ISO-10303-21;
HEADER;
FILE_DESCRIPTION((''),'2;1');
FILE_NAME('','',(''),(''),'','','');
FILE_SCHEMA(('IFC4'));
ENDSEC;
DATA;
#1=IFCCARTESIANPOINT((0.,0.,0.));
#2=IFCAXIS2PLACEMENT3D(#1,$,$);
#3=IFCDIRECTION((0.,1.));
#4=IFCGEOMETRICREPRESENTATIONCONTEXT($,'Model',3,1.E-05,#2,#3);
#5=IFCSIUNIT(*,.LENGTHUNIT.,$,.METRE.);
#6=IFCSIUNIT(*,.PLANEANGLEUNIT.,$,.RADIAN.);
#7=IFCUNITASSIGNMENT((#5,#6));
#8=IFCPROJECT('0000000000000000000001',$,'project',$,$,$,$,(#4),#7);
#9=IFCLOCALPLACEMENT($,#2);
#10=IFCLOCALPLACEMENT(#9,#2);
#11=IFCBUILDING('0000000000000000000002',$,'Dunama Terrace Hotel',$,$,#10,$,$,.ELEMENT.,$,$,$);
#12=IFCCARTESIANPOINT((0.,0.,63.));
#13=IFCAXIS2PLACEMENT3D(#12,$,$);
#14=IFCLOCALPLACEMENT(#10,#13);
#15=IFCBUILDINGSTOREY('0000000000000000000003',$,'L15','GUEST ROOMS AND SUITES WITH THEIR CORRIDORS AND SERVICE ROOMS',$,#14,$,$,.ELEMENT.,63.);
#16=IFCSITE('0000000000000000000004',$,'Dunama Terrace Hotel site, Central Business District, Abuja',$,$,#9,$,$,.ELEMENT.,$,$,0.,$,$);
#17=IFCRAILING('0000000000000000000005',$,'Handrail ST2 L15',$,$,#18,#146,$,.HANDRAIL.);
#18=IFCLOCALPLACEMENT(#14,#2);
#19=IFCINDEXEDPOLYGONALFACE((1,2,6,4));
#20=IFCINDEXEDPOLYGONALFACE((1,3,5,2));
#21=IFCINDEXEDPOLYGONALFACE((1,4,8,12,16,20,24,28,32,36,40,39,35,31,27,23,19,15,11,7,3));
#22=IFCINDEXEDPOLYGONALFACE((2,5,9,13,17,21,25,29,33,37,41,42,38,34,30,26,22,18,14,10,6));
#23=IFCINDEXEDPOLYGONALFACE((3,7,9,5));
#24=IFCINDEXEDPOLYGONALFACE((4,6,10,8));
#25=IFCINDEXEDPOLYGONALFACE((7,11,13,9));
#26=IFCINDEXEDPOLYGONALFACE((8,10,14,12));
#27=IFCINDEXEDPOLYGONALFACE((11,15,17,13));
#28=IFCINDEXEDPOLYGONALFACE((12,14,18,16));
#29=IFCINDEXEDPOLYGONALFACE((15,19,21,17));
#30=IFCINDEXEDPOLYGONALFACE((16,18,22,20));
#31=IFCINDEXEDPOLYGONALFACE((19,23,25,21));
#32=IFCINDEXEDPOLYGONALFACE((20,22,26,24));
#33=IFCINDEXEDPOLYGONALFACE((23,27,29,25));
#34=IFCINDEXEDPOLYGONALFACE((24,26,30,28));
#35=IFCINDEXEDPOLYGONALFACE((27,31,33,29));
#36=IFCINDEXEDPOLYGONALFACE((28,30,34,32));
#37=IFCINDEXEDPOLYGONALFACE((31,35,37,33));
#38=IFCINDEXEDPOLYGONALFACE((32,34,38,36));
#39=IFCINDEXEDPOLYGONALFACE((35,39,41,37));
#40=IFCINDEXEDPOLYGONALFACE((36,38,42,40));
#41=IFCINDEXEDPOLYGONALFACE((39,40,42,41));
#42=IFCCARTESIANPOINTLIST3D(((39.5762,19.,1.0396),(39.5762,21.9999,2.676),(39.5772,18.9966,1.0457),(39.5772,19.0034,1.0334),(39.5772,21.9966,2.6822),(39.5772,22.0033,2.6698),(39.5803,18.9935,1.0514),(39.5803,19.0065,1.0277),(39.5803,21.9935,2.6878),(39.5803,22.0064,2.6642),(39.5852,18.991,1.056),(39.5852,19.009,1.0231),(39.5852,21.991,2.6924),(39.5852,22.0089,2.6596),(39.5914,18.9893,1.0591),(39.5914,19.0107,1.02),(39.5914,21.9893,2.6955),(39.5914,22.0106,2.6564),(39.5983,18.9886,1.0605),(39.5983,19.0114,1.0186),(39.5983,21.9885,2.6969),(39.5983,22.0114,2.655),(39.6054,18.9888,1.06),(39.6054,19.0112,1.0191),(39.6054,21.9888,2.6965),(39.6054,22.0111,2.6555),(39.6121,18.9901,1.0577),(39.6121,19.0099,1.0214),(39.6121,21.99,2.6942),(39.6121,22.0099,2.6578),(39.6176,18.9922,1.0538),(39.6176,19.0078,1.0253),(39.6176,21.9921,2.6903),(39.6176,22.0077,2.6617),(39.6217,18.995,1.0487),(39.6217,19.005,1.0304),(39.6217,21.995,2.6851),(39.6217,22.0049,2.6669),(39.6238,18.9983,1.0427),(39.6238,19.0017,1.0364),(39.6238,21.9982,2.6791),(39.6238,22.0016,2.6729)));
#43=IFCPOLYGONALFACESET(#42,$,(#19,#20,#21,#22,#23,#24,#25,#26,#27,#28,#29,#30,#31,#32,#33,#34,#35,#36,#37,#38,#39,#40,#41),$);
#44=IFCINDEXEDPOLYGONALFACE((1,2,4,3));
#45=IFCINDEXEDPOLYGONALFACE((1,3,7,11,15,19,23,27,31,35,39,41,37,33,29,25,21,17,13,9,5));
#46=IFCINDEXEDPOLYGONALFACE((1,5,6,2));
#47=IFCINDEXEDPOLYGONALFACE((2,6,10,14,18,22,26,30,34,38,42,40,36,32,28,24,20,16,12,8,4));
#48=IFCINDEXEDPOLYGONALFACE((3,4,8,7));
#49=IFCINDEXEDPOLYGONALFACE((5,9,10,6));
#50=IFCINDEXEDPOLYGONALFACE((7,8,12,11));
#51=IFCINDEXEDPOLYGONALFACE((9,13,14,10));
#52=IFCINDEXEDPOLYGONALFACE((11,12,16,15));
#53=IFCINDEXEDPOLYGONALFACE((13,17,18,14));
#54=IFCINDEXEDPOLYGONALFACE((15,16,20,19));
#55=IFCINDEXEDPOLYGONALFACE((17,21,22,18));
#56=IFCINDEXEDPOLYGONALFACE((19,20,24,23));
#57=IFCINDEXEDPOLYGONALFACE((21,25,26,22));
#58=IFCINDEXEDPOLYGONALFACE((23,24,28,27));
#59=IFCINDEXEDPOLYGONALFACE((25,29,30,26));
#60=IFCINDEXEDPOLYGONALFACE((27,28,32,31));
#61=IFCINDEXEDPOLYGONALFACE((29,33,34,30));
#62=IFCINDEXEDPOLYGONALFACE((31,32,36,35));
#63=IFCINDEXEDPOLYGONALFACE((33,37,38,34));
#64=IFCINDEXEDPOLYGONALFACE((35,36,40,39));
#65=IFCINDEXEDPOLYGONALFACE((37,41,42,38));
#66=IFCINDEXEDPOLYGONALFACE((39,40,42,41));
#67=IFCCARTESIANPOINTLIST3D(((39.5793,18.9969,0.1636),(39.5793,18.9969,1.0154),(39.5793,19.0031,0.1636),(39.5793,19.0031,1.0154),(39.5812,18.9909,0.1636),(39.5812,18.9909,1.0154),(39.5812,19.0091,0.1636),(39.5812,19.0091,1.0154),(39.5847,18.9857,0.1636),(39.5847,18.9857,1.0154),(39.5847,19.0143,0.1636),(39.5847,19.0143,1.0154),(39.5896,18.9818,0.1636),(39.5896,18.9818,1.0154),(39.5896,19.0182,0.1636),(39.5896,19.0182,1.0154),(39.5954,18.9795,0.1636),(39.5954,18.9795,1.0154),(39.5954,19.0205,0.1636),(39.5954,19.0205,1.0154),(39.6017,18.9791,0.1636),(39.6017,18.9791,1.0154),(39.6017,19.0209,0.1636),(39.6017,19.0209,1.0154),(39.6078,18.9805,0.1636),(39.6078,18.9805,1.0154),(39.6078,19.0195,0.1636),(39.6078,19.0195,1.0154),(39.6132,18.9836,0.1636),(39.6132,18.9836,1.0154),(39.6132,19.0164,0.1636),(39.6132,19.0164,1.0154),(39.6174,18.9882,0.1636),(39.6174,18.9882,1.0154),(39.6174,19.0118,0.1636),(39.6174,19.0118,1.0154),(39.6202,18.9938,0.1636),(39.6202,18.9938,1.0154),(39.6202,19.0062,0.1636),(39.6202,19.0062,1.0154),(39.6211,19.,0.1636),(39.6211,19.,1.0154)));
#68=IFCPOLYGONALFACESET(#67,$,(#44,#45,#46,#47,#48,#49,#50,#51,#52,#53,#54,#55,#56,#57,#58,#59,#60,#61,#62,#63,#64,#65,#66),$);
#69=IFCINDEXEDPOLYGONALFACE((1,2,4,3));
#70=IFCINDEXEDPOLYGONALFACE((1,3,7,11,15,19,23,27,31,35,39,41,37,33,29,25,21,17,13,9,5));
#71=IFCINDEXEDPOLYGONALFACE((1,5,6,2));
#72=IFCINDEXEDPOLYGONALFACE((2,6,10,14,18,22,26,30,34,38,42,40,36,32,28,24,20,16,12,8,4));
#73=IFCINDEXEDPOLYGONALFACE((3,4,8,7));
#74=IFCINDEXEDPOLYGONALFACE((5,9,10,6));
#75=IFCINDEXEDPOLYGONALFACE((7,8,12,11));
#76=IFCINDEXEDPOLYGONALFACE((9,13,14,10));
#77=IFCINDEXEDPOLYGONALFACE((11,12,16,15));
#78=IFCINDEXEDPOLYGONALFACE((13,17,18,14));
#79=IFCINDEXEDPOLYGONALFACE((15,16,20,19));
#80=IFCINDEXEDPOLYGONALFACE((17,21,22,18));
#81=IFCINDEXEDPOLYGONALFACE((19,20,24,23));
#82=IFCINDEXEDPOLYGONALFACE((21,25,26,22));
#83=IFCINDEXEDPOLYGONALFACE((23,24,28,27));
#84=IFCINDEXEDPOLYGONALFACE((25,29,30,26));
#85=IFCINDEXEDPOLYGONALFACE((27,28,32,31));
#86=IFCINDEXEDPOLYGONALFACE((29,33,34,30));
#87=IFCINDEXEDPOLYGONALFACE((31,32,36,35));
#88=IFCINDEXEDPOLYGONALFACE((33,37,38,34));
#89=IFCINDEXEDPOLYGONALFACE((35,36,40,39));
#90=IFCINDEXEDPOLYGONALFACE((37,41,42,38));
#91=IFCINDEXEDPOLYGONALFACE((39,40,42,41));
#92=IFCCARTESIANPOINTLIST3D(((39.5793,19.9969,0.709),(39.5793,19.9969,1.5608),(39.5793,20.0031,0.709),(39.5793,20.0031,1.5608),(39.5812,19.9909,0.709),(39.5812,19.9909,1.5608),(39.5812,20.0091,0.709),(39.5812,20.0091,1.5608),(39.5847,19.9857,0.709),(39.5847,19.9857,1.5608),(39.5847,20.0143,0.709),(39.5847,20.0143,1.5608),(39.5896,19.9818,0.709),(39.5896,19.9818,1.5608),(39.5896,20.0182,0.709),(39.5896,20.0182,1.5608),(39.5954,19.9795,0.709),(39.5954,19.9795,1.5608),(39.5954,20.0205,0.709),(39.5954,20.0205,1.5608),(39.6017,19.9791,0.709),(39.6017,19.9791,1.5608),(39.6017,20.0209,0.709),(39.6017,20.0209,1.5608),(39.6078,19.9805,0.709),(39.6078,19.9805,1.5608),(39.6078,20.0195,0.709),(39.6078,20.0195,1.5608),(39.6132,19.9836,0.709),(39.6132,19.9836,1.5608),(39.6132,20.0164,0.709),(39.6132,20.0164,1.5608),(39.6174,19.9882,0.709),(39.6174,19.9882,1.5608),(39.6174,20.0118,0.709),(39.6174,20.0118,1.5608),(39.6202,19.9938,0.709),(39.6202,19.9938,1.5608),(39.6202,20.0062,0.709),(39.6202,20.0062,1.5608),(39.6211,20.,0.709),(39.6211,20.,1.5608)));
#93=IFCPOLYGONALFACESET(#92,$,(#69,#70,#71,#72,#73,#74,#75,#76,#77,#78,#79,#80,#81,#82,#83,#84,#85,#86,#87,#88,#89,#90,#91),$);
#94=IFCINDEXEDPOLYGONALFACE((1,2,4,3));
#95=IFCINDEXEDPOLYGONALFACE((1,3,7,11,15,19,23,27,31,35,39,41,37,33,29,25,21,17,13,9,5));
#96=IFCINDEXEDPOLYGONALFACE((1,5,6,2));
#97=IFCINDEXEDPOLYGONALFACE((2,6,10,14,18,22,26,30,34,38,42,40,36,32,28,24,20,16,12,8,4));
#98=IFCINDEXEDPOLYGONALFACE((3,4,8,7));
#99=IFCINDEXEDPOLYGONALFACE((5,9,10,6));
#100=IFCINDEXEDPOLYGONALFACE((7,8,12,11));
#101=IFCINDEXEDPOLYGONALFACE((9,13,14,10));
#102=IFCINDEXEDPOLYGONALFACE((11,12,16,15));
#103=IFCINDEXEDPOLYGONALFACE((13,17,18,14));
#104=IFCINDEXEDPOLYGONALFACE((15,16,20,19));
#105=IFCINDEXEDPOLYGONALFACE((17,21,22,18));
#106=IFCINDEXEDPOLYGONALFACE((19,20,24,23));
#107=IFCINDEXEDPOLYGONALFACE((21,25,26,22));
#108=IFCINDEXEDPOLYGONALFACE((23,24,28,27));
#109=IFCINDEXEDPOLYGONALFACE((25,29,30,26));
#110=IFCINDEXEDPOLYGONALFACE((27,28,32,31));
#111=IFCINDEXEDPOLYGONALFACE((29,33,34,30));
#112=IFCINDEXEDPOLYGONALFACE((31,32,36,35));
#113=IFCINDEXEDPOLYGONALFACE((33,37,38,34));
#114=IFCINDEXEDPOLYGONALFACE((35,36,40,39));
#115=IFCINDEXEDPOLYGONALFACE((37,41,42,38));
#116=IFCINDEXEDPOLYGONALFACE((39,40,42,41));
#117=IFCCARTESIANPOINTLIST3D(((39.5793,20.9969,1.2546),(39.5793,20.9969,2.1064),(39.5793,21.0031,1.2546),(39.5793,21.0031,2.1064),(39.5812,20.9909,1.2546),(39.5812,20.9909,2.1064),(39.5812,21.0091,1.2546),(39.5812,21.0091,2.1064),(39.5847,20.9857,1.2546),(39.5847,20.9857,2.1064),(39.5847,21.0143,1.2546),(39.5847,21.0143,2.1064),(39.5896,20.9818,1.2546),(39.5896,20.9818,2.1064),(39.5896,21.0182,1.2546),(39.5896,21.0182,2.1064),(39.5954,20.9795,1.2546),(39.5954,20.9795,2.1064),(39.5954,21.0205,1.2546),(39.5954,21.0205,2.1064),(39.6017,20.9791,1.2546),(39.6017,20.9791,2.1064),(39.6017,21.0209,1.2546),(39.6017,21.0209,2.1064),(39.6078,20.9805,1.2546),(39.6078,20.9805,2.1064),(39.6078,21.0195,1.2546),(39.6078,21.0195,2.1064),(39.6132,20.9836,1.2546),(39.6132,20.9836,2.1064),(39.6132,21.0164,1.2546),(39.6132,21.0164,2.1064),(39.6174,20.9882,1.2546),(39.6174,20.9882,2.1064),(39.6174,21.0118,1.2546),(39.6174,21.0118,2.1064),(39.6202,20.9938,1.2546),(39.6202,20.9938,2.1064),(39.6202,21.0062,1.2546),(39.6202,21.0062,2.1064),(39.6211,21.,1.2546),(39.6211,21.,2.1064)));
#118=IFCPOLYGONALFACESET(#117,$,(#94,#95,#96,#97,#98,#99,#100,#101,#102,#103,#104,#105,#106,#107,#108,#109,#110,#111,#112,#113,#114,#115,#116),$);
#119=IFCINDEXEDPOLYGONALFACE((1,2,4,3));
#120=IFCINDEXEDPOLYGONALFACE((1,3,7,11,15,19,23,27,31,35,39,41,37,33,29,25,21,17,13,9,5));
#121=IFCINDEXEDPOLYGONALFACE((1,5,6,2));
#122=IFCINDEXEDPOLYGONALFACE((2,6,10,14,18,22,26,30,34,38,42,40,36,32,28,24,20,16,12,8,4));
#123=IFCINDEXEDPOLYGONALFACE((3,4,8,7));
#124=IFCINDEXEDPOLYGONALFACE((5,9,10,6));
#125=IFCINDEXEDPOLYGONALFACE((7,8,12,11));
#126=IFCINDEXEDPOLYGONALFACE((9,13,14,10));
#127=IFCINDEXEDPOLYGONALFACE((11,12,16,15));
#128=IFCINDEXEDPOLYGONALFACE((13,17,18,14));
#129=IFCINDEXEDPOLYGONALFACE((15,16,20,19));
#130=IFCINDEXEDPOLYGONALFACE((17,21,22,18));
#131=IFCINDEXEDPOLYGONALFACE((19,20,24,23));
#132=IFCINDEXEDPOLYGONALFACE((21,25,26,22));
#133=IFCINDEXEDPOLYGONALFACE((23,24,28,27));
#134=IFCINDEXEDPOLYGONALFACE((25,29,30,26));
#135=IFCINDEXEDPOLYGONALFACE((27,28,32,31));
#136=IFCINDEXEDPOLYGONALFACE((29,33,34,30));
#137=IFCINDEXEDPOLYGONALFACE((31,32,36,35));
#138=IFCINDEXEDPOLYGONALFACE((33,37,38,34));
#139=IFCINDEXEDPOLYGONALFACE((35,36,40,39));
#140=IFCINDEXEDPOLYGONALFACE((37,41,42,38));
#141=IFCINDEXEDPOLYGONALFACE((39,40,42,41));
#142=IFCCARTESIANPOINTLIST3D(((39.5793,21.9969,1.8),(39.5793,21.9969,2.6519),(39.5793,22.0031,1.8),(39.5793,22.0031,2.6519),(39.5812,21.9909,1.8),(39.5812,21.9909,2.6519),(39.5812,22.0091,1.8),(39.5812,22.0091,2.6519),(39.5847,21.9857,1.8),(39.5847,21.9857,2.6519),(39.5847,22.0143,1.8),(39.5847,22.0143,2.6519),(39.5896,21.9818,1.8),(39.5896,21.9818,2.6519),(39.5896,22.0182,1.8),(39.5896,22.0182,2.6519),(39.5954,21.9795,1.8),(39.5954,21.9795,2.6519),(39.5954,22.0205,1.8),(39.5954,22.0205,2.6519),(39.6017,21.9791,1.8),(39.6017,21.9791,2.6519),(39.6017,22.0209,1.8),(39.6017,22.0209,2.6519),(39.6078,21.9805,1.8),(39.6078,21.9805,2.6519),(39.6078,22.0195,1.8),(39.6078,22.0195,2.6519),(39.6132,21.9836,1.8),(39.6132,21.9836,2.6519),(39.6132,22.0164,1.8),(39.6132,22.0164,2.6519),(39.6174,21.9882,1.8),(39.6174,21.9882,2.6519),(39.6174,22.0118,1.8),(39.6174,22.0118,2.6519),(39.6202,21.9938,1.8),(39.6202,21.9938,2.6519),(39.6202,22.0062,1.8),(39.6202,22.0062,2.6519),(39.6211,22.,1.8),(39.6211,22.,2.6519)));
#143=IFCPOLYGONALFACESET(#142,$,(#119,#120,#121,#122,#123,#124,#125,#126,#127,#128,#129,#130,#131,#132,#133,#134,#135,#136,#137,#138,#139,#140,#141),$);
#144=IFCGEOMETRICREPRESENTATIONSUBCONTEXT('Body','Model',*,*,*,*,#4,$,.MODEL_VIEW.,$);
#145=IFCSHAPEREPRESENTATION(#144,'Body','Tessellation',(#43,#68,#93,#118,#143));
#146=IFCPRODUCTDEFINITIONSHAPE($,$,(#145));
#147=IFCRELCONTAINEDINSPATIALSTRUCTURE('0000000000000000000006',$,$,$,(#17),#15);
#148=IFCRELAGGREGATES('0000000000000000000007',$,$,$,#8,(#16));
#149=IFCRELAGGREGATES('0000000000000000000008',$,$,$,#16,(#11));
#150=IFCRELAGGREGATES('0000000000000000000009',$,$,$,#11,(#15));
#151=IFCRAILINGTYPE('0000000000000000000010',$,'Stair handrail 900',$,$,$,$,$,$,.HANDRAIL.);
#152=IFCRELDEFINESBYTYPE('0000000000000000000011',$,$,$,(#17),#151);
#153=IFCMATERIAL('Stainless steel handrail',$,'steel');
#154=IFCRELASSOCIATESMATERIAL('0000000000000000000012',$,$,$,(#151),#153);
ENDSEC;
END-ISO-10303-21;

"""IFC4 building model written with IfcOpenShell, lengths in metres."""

from ifc_helpers import new_model, si_unit, direction, frame, origin, origin_2d, place, context, subcontext, project, spatial, circle, extrude, material, type_object, element, save


model = new_model("IFC4")

# Units and contexts
model_context = context("Model", 3, precision=1e-05, world=origin(), true_north=direction((0.0, 1.0)))
body_context = subcontext(model_context, "Body", "Model", "MODEL_VIEW")
ifc_project = project(units=[si_unit("LENGTHUNIT", "METRE"), si_unit("PLANEANGLEUNIT", "RADIAN")], contexts=[model_context])

# Site, building, storey
site_placement = place(None, origin())
site = spatial("IfcSite", under=ifc_project, at=site_placement, Name="Dunama Terrace Hotel site, Central Business District, Abuja", CompositionType="ELEMENT", RefElevation=0.0)
building_placement = place(site_placement, origin())
building = spatial("IfcBuilding", under=site, at=building_placement, Name="Dunama Terrace Hotel", CompositionType="ELEMENT")
storey_placement = place(building_placement, frame((0.0, 0.0, 63.0)))
storey = spatial("IfcBuildingStorey", under=building, at=storey_placement, Name="L15", Description="GUEST ROOMS AND SUITES WITH THEIR CORRIDORS AND SERVICE ROOMS", CompositionType="ELEMENT", Elevation=63.0)

# Railing
ifc_material_1 = material(Name="Stainless steel handrail", Category="steel")
railing_type = type_object("IfcRailingType", Name="Stair handrail 900", PredefinedType="HANDRAIL", material=ifc_material_1)
railing_1_placement = place(storey_placement, frame((39.6001, 19.0, 0.1636)))
element("IfcRailing", 1, at=railing_1_placement, inside=storey, type_object=railing_type, Name="Handrail ST2 L15", PredefinedType="HANDRAIL", context=body_context, shape_type="SweptSolid", body=[
    extrude(circle(Radius=0.0239, at=origin_2d()), frame((0.0, 0.0, 0.876), z_axis=(0.0, 0.877882, 0.478877), x_axis=(-1.0, 0.0, 0.0)), (0.0, 0.0, 1.0), 3.4172),
    extrude(circle(Radius=0.021, at=origin_2d()), origin(), (0.0, 0.0, 1.0), 0.8518),
    extrude(circle(Radius=0.021, at=origin_2d()), frame((0.0, 1.0, 0.5454)), (0.0, 0.0, 1.0), 0.8518),
    extrude(circle(Radius=0.021, at=origin_2d()), frame((0.0, 2.0, 1.0911)), (0.0, 0.0, 1.0), 0.8518),
    extrude(circle(Radius=0.021, at=origin_2d()), frame((0.0, 3.0, 1.6365)), (0.0, 0.0, 1.0), 0.8518),
])

save(model, "model.ifc")
